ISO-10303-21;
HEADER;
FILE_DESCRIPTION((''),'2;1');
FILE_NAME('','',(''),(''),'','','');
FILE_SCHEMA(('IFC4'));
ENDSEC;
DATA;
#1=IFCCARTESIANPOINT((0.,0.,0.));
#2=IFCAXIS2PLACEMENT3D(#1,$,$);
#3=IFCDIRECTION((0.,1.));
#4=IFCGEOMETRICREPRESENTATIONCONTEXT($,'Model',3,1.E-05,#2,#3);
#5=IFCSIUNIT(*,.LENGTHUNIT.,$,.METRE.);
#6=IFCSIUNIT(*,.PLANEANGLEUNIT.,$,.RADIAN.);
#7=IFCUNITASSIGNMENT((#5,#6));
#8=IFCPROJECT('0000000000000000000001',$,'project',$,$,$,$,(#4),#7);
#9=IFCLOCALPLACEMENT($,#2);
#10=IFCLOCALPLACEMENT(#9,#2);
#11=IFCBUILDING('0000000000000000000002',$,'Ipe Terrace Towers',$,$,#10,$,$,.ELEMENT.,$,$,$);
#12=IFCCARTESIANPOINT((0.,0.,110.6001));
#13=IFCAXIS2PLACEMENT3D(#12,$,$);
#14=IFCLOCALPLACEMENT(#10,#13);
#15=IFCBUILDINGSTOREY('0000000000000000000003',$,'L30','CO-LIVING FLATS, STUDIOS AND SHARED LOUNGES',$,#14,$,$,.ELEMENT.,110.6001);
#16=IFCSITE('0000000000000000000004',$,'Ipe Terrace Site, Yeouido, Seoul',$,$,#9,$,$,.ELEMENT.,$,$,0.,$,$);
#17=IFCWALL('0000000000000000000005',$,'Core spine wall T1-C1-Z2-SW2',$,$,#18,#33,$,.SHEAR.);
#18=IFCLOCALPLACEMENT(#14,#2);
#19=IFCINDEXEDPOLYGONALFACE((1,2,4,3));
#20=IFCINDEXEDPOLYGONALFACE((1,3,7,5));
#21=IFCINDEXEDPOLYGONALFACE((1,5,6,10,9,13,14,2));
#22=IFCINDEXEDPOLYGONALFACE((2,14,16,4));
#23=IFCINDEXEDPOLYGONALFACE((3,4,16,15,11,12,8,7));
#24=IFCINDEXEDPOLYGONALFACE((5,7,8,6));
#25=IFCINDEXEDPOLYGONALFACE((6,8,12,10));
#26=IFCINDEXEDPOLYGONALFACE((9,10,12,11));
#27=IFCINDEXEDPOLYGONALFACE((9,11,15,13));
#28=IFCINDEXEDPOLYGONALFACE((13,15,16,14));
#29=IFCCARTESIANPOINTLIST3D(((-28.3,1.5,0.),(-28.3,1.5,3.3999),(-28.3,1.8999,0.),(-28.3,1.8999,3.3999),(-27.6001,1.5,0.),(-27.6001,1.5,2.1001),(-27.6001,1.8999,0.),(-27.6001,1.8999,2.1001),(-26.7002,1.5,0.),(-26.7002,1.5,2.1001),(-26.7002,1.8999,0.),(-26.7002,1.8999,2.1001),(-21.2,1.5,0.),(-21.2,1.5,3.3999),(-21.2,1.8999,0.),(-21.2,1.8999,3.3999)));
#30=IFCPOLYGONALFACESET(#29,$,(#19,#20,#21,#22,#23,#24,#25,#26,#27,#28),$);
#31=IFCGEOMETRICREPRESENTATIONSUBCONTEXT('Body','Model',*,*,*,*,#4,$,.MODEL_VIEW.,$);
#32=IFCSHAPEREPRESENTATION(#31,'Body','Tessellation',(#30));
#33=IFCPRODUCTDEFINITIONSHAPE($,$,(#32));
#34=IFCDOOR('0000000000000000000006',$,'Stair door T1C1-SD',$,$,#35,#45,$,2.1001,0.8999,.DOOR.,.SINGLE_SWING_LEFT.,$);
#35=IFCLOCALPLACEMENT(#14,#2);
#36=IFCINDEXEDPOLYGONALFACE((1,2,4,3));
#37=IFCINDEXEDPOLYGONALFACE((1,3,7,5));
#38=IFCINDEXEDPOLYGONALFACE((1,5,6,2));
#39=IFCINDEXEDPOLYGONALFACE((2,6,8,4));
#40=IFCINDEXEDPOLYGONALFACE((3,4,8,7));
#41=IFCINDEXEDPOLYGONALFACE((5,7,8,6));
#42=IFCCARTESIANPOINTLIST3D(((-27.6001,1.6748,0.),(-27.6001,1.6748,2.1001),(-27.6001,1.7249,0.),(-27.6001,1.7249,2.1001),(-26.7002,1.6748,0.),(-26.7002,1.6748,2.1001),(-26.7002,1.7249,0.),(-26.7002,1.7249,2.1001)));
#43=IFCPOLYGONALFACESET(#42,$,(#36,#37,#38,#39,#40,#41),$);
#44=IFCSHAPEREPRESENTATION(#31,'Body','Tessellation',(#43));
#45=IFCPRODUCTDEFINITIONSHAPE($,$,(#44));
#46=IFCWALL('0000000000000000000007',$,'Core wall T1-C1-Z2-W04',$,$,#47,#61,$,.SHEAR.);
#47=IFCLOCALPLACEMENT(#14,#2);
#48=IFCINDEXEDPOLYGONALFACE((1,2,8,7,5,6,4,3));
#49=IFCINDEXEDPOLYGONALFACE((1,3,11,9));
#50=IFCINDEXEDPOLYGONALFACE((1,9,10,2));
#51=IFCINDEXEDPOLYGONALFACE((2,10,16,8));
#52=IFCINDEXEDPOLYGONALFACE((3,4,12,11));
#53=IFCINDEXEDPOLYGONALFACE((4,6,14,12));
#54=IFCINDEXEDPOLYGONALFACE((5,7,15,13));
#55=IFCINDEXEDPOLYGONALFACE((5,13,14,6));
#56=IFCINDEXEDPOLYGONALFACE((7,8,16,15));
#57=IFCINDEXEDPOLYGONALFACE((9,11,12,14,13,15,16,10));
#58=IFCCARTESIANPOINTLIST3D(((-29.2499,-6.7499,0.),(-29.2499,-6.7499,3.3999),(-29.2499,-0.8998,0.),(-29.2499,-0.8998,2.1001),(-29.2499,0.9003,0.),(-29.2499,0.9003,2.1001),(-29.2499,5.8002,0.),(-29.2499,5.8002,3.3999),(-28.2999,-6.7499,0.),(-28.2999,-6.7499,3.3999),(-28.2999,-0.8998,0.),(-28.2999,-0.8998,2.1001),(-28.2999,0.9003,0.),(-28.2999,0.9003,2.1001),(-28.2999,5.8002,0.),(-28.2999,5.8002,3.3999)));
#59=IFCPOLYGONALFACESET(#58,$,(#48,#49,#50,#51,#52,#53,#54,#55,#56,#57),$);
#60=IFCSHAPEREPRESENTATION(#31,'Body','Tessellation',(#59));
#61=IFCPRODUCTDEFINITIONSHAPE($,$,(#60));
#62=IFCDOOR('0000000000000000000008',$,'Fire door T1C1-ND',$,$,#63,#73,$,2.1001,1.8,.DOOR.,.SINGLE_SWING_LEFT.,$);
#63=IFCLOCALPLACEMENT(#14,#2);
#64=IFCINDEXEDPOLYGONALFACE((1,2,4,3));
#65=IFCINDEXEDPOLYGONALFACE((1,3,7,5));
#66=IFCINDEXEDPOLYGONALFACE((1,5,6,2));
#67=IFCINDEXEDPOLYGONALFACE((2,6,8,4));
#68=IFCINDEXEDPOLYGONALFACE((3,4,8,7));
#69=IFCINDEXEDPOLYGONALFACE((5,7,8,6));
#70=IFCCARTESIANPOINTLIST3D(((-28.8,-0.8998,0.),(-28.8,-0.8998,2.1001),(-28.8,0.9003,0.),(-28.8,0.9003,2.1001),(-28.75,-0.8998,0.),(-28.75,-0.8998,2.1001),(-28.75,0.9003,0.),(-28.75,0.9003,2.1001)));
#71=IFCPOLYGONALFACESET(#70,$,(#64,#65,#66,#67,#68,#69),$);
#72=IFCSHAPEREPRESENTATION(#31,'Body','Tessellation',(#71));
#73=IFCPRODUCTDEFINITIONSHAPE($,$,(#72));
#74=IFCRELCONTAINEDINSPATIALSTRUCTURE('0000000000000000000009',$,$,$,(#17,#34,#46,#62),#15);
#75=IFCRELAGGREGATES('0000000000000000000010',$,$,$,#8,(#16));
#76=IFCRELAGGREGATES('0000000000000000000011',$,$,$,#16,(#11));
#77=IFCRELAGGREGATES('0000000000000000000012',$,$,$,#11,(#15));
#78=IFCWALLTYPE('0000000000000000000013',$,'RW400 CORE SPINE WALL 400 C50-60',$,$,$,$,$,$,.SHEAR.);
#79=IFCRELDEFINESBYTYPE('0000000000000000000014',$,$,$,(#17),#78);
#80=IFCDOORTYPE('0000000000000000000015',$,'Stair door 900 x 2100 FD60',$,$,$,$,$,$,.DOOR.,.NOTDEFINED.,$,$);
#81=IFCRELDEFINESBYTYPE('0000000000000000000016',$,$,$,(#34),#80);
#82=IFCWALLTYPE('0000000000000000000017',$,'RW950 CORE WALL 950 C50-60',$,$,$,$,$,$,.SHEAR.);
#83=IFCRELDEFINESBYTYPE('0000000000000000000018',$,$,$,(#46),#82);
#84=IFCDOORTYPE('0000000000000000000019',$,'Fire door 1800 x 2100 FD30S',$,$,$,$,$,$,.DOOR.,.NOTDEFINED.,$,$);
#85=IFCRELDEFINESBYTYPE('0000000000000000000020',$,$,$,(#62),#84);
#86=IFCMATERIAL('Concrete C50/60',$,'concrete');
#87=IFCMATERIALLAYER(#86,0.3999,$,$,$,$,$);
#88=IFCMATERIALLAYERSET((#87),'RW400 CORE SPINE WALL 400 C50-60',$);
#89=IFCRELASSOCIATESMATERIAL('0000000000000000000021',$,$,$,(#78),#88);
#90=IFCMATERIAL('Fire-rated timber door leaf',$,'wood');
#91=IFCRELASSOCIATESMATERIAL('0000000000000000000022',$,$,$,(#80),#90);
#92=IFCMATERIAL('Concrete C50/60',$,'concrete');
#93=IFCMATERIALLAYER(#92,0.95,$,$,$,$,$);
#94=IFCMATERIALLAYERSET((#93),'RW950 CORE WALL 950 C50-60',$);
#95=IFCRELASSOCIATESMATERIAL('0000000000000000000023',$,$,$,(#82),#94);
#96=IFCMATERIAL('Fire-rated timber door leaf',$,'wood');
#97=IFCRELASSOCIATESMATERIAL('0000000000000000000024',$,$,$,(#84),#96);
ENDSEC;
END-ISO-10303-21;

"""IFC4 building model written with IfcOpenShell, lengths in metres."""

from ifc_helpers import new_model, si_unit, direction, frame, frame_2d, origin, place, context, subcontext, project, spatial, rectangle, extrude, material, layer, layer_set, type_object, element, fill, save


model = new_model("IFC4")

# Units and contexts
model_context = context("Model", 3, precision=1e-05, world=origin(), true_north=direction((0.0, 1.0)))
body_context = subcontext(model_context, "Body", "Model", "MODEL_VIEW")
ifc_project = project(units=[si_unit("LENGTHUNIT", "METRE"), si_unit("PLANEANGLEUNIT", "RADIAN")], contexts=[model_context])

# Site, building, storey
site_placement = place(None, origin())
site = spatial("IfcSite", under=ifc_project, at=site_placement, Name="Ipe Terrace Site, Yeouido, Seoul", CompositionType="ELEMENT", RefElevation=0.0)
building_placement = place(site_placement, origin())
building = spatial("IfcBuilding", under=site, at=building_placement, Name="Ipe Terrace Towers", CompositionType="ELEMENT")
storey_placement = place(building_placement, frame((0.0, 0.0, 110.6001)))
storey = spatial("IfcBuildingStorey", under=building, at=storey_placement, Name="L30", Description="CO-LIVING FLATS, STUDIOS AND SHARED LOUNGES", CompositionType="ELEMENT", Elevation=110.6001)

# Shared definitions
ifc_material_1 = material(Name="Concrete C50/60", Category="concrete")
ifc_layer_1 = layer(ifc_material_1, 0.3999)
ifc_layer_set_1 = layer_set([ifc_layer_1], Name="RW400 CORE SPINE WALL 400 C50-60")
wall_type_1 = type_object("IfcWallType", Name="RW400 CORE SPINE WALL 400 C50-60", PredefinedType="SHEAR", material=ifc_layer_set_1)

# Walls, openings, doors
wall_1_placement = place(storey_placement, frame((-28.3, 1.7, 0.0), z_axis=(0.0, 0.0, 1.0), x_axis=(1.0, 0.0, 0.0)))
wall_1 = element("IfcWall", 1, at=wall_1_placement, inside=storey, type_object=wall_type_1, Name="Core spine wall T1-C1-Z2-SW2", PredefinedType="SHEAR", context=body_context, shape_type="SweptSolid", body=[
    extrude(rectangle(XDim=7.1001, YDim=0.3999, at=frame_2d((3.55, 0.0))), origin(), (0.0, 0.0, 1.0), 3.3999),
])
opening_1_placement = place(wall_1_placement, frame((0.7, 0.0, 0.0)))
opening_1 = element("IfcOpeningElement", 2, at=opening_1_placement, cuts=wall_1, PredefinedType="OPENING", context=body_context, shape_type="SweptSolid", body=[
    extrude(rectangle(XDim=0.8999, YDim=2.1001, at=frame_2d((0.45, 1.05))), frame((0.0, 0.21, 0.0), z_axis=(0.0, -1.0, 0.0), x_axis=(1.0, 0.0, 0.0)), (0.0, 0.0, 1.0), 0.4199),
])
ifc_material_2 = material(Name="Fire-rated timber door leaf", Category="wood")
door_type_1 = type_object("IfcDoorType", Name="Stair door 900 x 2100 FD60", OperationType="NOTDEFINED", PredefinedType="DOOR", material=ifc_material_2)
door_1_placement = place(opening_1_placement, origin())
door_1 = element("IfcDoor", 3, at=door_1_placement, inside=storey, type_object=door_type_1, Name="Stair door T1C1-SD", OperationType="SINGLE_SWING_LEFT", OverallHeight=2.1001, OverallWidth=0.8999, PredefinedType="DOOR", context=body_context, shape_type="SweptSolid", body=[
    extrude(rectangle(XDim=0.8999, YDim=2.1001, at=frame_2d((0.45, 1.05))), frame((0.0, 0.0249, 0.0), z_axis=(0.0, -1.0, 0.0), x_axis=(1.0, 0.0, 0.0)), (0.0, 0.0, 1.0), 0.05),
])
fill(opening_1, door_1)
ifc_material_3 = material(Name="Concrete C50/60", Category="concrete")
ifc_layer_2 = layer(ifc_material_3, 0.95)
ifc_layer_set_2 = layer_set([ifc_layer_2], Name="RW950 CORE WALL 950 C50-60")
wall_type_2 = type_object("IfcWallType", Name="RW950 CORE WALL 950 C50-60", PredefinedType="SHEAR", material=ifc_layer_set_2)
wall_2_placement = place(storey_placement, frame((-28.7749, 5.8, 0.0), z_axis=(0.0, 0.0, 1.0), x_axis=(0.0, -1.0, 0.0)))
wall_2 = element("IfcWall", 4, at=wall_2_placement, inside=storey, type_object=wall_type_2, Name="Core wall T1-C1-Z2-W04", PredefinedType="SHEAR", context=body_context, shape_type="SweptSolid", body=[
    extrude(rectangle(XDim=12.55, YDim=0.95, at=frame_2d((6.2749, 0.0))), origin(), (0.0, 0.0, 1.0), 3.3999),
])
opening_2_placement = place(wall_2_placement, frame((4.8999, 0.0, 0.0)))
opening_2 = element("IfcOpeningElement", 5, at=opening_2_placement, cuts=wall_2, PredefinedType="OPENING", context=body_context, shape_type="SweptSolid", body=[
    extrude(rectangle(XDim=1.8, YDim=2.1001, at=frame_2d((0.8999, 1.05))), frame((0.0, 0.4849, 0.0), z_axis=(0.0, -1.0, 0.0), x_axis=(1.0, 0.0, 0.0)), (0.0, 0.0, 1.0), 0.97),
])
ifc_material_4 = material(Name="Fire-rated timber door leaf", Category="wood")
door_type_2 = type_object("IfcDoorType", Name="Fire door 1800 x 2100 FD30S", OperationType="NOTDEFINED", PredefinedType="DOOR", material=ifc_material_4)
door_2_placement = place(opening_2_placement, origin())
door_2 = element("IfcDoor", 6, at=door_2_placement, inside=storey, type_object=door_type_2, Name="Fire door T1C1-ND", OperationType="SINGLE_SWING_LEFT", OverallHeight=2.1001, OverallWidth=1.8, PredefinedType="DOOR", context=body_context, shape_type="SweptSolid", body=[
    extrude(rectangle(XDim=1.8, YDim=2.1001, at=frame_2d((0.8999, 1.05))), frame((0.0, 0.0249, 0.0), z_axis=(0.0, -1.0, 0.0), x_axis=(1.0, 0.0, 0.0)), (0.0, 0.0, 1.0), 0.05),
])
fill(opening_2, door_2)

save(model, "model.ifc")
